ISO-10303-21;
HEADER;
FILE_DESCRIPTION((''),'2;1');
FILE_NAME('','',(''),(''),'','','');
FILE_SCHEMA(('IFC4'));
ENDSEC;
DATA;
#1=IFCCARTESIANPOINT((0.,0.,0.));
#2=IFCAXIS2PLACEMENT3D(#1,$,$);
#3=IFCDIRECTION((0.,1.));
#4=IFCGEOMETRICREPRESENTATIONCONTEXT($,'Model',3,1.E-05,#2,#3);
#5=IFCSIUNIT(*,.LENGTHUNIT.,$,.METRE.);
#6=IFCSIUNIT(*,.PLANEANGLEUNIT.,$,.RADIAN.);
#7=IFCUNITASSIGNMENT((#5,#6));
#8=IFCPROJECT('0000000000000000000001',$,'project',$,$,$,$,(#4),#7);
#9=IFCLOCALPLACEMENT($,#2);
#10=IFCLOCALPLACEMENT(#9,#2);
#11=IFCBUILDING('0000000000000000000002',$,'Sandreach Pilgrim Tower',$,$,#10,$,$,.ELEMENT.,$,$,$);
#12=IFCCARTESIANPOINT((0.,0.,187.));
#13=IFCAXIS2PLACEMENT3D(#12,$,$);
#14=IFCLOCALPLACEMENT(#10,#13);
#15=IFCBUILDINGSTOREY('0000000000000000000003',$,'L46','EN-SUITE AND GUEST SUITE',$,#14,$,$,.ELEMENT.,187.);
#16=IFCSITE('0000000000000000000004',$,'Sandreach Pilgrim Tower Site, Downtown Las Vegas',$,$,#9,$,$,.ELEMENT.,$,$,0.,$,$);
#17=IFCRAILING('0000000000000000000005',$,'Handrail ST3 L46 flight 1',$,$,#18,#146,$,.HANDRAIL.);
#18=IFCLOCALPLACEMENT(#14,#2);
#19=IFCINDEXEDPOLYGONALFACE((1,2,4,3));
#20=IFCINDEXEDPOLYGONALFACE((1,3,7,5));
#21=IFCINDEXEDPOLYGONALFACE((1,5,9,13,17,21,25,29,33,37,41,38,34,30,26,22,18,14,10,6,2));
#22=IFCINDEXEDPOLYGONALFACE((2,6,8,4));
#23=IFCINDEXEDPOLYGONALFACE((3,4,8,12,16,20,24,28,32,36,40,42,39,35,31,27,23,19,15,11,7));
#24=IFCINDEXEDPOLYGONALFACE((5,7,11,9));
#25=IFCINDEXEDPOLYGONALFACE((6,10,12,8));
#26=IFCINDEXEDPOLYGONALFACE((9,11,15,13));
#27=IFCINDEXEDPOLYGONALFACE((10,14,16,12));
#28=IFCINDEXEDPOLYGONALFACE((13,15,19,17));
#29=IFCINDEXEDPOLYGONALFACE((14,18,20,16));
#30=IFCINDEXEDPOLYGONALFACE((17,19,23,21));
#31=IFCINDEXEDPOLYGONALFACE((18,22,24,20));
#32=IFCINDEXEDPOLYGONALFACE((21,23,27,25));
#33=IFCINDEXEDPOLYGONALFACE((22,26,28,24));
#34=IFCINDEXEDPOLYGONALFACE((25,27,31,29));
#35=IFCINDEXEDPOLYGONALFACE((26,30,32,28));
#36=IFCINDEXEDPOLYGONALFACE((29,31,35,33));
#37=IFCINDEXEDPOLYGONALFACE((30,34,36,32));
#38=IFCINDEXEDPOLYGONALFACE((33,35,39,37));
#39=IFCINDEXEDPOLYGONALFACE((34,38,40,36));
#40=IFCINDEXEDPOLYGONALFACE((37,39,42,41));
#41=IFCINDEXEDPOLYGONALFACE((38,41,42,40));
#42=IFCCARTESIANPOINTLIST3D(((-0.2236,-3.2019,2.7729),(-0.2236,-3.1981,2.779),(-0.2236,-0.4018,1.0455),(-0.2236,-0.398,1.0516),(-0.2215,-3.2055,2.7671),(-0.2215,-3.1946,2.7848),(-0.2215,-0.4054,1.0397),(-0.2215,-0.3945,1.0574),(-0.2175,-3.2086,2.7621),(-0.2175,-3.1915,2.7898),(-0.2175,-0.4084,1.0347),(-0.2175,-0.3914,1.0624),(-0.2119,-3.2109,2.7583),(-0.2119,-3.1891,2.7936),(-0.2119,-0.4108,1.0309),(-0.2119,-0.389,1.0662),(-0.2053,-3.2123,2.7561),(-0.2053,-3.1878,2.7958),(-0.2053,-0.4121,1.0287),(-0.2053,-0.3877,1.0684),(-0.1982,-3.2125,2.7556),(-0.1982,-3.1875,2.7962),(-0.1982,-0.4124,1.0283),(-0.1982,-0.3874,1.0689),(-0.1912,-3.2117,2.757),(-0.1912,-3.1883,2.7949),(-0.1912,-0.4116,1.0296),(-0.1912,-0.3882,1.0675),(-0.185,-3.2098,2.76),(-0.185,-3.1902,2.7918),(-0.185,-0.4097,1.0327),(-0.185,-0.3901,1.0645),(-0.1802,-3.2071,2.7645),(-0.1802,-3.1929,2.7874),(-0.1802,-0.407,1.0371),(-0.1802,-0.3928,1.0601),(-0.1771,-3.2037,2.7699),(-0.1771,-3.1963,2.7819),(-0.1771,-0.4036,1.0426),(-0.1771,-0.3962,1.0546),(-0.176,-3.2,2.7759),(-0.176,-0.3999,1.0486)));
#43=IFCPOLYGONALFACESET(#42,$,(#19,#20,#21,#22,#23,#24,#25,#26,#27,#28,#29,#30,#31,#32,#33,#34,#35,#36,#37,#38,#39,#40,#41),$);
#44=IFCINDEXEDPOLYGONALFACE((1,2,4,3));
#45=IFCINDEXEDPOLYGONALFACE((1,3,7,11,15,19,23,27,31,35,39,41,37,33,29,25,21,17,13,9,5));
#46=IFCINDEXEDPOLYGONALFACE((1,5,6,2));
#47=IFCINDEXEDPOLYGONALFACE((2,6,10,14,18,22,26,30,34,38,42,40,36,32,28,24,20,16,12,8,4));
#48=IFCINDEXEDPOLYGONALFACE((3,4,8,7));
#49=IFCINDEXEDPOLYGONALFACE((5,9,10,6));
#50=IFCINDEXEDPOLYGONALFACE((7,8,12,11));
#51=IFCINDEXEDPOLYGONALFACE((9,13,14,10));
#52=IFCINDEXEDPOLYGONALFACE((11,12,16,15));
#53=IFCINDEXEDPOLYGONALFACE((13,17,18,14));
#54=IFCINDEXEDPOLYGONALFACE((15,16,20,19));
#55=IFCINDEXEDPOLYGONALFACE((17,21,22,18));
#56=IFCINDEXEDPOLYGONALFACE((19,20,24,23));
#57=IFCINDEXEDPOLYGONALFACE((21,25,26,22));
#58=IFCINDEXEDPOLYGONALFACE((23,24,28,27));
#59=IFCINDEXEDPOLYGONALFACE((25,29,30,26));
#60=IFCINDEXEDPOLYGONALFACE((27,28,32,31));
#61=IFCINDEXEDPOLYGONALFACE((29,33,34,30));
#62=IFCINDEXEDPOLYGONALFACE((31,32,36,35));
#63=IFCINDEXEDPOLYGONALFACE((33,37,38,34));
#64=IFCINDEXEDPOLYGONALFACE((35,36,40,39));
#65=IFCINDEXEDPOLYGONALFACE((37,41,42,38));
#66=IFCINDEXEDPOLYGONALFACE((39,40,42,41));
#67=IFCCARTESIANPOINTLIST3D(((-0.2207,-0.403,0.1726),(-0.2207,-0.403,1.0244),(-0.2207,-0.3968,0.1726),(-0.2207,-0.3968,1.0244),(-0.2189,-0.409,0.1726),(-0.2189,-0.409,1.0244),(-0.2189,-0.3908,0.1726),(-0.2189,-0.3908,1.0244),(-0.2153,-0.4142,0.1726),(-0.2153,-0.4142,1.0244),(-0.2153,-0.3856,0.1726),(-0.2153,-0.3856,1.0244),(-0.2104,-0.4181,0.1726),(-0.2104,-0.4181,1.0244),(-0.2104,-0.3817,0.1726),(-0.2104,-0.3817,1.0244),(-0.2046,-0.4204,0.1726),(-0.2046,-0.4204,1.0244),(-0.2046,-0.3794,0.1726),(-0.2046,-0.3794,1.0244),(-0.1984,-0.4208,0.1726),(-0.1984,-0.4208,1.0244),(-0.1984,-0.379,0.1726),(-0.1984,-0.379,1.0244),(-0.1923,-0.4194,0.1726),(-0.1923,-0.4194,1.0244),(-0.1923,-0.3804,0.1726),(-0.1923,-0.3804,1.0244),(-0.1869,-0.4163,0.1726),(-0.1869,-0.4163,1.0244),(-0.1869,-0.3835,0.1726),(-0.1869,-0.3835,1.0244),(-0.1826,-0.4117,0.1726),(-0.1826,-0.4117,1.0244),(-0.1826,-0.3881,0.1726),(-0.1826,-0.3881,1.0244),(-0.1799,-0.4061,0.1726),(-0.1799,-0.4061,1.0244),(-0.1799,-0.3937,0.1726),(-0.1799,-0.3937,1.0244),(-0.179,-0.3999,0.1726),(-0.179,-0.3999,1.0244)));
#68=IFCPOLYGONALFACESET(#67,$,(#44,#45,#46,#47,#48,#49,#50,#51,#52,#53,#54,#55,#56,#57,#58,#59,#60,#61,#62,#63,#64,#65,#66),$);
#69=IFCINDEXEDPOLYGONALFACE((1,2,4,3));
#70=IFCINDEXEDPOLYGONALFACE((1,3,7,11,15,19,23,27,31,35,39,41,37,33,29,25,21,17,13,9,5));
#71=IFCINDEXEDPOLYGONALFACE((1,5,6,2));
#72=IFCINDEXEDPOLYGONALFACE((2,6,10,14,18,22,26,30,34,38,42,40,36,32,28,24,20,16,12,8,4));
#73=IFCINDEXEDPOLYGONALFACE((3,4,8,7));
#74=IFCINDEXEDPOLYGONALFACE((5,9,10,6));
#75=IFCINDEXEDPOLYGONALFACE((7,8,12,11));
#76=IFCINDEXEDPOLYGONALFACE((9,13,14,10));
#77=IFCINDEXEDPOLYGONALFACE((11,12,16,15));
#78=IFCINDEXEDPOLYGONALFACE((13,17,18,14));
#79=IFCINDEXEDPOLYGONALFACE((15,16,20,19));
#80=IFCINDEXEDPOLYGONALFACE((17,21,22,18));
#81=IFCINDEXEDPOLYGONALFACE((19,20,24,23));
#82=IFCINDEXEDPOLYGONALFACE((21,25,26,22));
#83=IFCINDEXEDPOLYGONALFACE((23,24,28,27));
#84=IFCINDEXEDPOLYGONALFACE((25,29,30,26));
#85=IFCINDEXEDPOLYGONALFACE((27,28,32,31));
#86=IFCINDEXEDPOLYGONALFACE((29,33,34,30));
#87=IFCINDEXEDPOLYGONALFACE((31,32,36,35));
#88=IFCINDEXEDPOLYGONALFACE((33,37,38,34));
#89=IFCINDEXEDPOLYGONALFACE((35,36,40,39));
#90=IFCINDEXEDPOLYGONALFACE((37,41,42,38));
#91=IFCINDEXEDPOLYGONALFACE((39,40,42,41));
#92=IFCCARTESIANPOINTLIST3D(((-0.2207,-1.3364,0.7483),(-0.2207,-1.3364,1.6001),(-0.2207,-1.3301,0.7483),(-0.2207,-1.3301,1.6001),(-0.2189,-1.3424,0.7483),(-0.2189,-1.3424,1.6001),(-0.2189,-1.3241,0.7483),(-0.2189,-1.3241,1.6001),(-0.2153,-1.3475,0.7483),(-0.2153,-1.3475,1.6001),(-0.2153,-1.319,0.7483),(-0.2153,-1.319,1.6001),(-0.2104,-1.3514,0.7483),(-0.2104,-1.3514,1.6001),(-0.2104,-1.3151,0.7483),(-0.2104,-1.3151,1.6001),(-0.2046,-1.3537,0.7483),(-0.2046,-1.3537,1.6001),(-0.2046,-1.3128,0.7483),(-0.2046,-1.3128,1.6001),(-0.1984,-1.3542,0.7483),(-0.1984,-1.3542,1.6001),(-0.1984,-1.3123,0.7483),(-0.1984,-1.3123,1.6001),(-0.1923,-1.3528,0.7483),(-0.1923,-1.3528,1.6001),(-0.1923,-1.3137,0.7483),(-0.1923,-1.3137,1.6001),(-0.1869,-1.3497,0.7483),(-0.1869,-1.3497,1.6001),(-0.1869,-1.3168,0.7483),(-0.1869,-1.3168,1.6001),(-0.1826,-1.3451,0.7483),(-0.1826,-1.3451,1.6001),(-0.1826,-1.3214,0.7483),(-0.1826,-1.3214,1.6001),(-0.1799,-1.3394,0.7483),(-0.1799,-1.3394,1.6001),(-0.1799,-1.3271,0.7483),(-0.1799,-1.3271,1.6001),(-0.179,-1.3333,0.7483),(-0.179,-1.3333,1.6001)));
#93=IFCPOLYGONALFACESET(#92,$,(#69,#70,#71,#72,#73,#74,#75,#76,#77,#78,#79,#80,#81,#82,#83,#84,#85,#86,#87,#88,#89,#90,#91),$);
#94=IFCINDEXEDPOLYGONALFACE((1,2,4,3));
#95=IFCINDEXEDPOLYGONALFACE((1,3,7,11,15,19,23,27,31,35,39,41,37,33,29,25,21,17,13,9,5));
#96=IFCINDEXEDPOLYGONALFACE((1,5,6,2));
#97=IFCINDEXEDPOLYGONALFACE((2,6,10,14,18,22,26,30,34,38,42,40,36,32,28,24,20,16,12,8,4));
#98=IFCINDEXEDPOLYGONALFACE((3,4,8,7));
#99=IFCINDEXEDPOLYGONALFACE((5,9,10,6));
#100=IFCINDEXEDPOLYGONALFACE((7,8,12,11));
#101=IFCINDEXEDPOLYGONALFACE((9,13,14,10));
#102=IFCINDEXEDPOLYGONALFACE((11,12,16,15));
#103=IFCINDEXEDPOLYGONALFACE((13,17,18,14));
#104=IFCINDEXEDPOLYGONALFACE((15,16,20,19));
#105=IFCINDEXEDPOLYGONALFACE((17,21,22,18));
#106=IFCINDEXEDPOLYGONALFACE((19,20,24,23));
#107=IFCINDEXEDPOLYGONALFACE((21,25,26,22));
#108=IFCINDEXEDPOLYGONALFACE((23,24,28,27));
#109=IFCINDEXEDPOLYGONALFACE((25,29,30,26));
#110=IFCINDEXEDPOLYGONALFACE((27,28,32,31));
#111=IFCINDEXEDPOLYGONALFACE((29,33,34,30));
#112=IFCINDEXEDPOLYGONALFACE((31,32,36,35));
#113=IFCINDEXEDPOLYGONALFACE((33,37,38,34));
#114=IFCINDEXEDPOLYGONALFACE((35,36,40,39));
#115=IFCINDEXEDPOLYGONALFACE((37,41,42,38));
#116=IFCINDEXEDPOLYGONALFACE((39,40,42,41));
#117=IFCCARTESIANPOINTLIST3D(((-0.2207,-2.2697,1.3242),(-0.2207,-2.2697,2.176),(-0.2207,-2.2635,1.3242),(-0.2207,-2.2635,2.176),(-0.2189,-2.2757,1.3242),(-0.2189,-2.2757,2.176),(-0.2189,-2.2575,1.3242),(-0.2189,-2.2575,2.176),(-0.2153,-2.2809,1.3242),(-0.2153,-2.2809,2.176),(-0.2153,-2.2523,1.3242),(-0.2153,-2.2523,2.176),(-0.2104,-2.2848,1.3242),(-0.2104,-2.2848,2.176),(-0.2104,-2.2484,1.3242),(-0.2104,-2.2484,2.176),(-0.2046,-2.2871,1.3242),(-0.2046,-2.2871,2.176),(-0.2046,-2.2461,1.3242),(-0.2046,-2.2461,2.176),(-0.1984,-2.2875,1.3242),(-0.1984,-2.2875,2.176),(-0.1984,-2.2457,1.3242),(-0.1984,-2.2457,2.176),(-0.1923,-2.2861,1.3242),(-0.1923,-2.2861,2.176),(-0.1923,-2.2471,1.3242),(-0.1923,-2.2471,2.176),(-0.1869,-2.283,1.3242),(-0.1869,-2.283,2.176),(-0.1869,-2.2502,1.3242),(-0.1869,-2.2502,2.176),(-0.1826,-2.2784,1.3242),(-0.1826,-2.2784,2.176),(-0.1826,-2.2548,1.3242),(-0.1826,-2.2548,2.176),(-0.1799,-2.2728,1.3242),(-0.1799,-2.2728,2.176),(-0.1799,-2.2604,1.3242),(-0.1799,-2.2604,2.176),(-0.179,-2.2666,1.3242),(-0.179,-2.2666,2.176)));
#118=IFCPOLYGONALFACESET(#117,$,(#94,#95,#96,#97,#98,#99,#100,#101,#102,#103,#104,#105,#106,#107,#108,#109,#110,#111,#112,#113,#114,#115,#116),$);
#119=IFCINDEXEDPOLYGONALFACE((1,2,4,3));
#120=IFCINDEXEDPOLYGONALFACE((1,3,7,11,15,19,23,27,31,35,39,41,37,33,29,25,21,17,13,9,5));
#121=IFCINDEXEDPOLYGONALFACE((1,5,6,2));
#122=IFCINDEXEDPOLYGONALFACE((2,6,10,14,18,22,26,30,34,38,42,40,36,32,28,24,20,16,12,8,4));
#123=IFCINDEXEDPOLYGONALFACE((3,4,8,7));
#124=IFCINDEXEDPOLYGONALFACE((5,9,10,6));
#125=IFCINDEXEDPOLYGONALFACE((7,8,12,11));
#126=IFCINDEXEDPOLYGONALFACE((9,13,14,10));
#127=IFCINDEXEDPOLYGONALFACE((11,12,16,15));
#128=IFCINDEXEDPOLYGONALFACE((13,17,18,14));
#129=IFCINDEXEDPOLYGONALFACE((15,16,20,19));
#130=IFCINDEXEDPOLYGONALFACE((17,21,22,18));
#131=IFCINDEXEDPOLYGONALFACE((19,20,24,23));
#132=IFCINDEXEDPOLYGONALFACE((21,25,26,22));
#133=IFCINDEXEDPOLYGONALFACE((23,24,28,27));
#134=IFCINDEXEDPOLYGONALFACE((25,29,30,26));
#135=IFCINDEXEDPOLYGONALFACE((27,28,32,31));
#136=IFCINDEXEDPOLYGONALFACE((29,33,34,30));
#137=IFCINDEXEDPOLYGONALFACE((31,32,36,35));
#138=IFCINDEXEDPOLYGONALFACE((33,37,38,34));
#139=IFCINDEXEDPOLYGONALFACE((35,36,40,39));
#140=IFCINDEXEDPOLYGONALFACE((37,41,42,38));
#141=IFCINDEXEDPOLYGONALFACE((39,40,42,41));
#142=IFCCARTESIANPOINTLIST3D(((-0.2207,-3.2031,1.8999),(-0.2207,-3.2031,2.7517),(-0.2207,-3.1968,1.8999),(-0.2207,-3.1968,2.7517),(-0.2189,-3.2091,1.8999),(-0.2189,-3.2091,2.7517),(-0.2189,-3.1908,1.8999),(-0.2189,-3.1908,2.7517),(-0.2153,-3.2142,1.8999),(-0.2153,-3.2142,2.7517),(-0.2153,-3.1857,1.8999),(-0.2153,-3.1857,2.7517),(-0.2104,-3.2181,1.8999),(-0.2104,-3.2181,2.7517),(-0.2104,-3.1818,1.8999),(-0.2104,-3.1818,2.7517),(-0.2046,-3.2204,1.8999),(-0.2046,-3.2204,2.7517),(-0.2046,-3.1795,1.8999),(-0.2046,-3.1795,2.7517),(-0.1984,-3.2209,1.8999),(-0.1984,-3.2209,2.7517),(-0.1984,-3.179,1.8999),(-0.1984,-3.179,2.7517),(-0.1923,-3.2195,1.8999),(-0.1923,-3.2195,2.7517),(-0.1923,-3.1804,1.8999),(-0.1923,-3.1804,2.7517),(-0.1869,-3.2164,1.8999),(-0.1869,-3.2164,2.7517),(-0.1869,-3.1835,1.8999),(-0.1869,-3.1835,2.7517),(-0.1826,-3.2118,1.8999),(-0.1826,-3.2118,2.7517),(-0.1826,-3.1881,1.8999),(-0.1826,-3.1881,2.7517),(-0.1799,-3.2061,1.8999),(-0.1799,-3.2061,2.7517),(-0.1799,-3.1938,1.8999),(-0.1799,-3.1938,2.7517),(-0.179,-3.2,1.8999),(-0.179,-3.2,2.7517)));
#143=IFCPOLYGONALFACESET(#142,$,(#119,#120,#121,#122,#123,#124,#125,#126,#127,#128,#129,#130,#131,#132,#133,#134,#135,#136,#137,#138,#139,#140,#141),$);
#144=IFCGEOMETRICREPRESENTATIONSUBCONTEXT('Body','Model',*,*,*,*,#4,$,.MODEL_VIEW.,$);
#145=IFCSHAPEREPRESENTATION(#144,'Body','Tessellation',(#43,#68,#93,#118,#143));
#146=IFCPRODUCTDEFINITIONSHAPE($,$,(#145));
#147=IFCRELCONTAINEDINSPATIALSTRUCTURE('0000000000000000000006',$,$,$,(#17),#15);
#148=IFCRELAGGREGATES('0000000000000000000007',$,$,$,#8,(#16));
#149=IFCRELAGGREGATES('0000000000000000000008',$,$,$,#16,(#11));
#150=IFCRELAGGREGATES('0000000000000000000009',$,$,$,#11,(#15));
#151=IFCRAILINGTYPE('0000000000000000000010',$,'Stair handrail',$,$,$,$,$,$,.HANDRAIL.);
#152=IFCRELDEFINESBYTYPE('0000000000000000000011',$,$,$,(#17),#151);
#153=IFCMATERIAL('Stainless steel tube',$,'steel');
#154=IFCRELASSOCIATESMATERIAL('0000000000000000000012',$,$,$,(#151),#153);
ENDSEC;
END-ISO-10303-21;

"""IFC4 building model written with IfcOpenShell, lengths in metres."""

from ifc_helpers import new_model, si_unit, direction, frame, origin, origin_2d, place, context, subcontext, project, spatial, circle, extrude, material, type_object, element, save


model = new_model("IFC4")

# Units and contexts
model_context = context("Model", 3, precision=1e-05, world=origin(), true_north=direction((0.0, 1.0)))
body_context = subcontext(model_context, "Body", "Model", "MODEL_VIEW")
ifc_project = project(units=[si_unit("LENGTHUNIT", "METRE"), si_unit("PLANEANGLEUNIT", "RADIAN")], contexts=[model_context])

# Site, building, storey
site_placement = place(None, origin())
site = spatial("IfcSite", under=ifc_project, at=site_placement, Name="Sandreach Pilgrim Tower Site, Downtown Las Vegas", CompositionType="ELEMENT", RefElevation=0.0)
building_placement = place(site_placement, origin())
building = spatial("IfcBuilding", under=site, at=building_placement, Name="Sandreach Pilgrim Tower", CompositionType="ELEMENT")
storey_placement = place(building_placement, frame((0.0, 0.0, 187.0)))
storey = spatial("IfcBuildingStorey", under=building, at=storey_placement, Name="L46", Description="EN-SUITE AND GUEST SUITE", CompositionType="ELEMENT", Elevation=187.0)

# Railing
ifc_material_1 = material(Name="Stainless steel tube", Category="steel")
railing_type = type_object("IfcRailingType", Name="Stair handrail", PredefinedType="HANDRAIL", material=ifc_material_1)
for number, where, name in (
    (1, (-0.2, -0.3999, 0.1726), "Handrail ST3 L46 flight 1"),
):
    element("IfcRailing", number, at=place(storey_placement, frame(where)), inside=storey, type_object=railing_type, Name=name, PredefinedType="HANDRAIL", context=body_context, shape_type="SweptSolid", body=[
        extrude(circle(Radius=0.0239, at=origin_2d()), frame((0.0, 0.0, 0.876), z_axis=(0.0, -0.85109, 0.52502), x_axis=(1.0, 0.0, 0.0)), (0.0, 0.0, 1.0), 3.29),
        extrude(circle(Radius=0.021, at=origin_2d()), origin(), (0.0, 0.0, 1.0), 0.8518),
        extrude(circle(Radius=0.021, at=origin_2d()), frame((0.0, -0.9333, 0.5757)), (0.0, 0.0, 1.0), 0.8518),
        extrude(circle(Radius=0.021, at=origin_2d()), frame((0.0, -1.8667, 1.1516)), (0.0, 0.0, 1.0), 0.8518),
        extrude(circle(Radius=0.021, at=origin_2d()), frame((0.0, -2.8, 1.7273)), (0.0, 0.0, 1.0), 0.8518),
    ])

save(model, "model.ifc")
